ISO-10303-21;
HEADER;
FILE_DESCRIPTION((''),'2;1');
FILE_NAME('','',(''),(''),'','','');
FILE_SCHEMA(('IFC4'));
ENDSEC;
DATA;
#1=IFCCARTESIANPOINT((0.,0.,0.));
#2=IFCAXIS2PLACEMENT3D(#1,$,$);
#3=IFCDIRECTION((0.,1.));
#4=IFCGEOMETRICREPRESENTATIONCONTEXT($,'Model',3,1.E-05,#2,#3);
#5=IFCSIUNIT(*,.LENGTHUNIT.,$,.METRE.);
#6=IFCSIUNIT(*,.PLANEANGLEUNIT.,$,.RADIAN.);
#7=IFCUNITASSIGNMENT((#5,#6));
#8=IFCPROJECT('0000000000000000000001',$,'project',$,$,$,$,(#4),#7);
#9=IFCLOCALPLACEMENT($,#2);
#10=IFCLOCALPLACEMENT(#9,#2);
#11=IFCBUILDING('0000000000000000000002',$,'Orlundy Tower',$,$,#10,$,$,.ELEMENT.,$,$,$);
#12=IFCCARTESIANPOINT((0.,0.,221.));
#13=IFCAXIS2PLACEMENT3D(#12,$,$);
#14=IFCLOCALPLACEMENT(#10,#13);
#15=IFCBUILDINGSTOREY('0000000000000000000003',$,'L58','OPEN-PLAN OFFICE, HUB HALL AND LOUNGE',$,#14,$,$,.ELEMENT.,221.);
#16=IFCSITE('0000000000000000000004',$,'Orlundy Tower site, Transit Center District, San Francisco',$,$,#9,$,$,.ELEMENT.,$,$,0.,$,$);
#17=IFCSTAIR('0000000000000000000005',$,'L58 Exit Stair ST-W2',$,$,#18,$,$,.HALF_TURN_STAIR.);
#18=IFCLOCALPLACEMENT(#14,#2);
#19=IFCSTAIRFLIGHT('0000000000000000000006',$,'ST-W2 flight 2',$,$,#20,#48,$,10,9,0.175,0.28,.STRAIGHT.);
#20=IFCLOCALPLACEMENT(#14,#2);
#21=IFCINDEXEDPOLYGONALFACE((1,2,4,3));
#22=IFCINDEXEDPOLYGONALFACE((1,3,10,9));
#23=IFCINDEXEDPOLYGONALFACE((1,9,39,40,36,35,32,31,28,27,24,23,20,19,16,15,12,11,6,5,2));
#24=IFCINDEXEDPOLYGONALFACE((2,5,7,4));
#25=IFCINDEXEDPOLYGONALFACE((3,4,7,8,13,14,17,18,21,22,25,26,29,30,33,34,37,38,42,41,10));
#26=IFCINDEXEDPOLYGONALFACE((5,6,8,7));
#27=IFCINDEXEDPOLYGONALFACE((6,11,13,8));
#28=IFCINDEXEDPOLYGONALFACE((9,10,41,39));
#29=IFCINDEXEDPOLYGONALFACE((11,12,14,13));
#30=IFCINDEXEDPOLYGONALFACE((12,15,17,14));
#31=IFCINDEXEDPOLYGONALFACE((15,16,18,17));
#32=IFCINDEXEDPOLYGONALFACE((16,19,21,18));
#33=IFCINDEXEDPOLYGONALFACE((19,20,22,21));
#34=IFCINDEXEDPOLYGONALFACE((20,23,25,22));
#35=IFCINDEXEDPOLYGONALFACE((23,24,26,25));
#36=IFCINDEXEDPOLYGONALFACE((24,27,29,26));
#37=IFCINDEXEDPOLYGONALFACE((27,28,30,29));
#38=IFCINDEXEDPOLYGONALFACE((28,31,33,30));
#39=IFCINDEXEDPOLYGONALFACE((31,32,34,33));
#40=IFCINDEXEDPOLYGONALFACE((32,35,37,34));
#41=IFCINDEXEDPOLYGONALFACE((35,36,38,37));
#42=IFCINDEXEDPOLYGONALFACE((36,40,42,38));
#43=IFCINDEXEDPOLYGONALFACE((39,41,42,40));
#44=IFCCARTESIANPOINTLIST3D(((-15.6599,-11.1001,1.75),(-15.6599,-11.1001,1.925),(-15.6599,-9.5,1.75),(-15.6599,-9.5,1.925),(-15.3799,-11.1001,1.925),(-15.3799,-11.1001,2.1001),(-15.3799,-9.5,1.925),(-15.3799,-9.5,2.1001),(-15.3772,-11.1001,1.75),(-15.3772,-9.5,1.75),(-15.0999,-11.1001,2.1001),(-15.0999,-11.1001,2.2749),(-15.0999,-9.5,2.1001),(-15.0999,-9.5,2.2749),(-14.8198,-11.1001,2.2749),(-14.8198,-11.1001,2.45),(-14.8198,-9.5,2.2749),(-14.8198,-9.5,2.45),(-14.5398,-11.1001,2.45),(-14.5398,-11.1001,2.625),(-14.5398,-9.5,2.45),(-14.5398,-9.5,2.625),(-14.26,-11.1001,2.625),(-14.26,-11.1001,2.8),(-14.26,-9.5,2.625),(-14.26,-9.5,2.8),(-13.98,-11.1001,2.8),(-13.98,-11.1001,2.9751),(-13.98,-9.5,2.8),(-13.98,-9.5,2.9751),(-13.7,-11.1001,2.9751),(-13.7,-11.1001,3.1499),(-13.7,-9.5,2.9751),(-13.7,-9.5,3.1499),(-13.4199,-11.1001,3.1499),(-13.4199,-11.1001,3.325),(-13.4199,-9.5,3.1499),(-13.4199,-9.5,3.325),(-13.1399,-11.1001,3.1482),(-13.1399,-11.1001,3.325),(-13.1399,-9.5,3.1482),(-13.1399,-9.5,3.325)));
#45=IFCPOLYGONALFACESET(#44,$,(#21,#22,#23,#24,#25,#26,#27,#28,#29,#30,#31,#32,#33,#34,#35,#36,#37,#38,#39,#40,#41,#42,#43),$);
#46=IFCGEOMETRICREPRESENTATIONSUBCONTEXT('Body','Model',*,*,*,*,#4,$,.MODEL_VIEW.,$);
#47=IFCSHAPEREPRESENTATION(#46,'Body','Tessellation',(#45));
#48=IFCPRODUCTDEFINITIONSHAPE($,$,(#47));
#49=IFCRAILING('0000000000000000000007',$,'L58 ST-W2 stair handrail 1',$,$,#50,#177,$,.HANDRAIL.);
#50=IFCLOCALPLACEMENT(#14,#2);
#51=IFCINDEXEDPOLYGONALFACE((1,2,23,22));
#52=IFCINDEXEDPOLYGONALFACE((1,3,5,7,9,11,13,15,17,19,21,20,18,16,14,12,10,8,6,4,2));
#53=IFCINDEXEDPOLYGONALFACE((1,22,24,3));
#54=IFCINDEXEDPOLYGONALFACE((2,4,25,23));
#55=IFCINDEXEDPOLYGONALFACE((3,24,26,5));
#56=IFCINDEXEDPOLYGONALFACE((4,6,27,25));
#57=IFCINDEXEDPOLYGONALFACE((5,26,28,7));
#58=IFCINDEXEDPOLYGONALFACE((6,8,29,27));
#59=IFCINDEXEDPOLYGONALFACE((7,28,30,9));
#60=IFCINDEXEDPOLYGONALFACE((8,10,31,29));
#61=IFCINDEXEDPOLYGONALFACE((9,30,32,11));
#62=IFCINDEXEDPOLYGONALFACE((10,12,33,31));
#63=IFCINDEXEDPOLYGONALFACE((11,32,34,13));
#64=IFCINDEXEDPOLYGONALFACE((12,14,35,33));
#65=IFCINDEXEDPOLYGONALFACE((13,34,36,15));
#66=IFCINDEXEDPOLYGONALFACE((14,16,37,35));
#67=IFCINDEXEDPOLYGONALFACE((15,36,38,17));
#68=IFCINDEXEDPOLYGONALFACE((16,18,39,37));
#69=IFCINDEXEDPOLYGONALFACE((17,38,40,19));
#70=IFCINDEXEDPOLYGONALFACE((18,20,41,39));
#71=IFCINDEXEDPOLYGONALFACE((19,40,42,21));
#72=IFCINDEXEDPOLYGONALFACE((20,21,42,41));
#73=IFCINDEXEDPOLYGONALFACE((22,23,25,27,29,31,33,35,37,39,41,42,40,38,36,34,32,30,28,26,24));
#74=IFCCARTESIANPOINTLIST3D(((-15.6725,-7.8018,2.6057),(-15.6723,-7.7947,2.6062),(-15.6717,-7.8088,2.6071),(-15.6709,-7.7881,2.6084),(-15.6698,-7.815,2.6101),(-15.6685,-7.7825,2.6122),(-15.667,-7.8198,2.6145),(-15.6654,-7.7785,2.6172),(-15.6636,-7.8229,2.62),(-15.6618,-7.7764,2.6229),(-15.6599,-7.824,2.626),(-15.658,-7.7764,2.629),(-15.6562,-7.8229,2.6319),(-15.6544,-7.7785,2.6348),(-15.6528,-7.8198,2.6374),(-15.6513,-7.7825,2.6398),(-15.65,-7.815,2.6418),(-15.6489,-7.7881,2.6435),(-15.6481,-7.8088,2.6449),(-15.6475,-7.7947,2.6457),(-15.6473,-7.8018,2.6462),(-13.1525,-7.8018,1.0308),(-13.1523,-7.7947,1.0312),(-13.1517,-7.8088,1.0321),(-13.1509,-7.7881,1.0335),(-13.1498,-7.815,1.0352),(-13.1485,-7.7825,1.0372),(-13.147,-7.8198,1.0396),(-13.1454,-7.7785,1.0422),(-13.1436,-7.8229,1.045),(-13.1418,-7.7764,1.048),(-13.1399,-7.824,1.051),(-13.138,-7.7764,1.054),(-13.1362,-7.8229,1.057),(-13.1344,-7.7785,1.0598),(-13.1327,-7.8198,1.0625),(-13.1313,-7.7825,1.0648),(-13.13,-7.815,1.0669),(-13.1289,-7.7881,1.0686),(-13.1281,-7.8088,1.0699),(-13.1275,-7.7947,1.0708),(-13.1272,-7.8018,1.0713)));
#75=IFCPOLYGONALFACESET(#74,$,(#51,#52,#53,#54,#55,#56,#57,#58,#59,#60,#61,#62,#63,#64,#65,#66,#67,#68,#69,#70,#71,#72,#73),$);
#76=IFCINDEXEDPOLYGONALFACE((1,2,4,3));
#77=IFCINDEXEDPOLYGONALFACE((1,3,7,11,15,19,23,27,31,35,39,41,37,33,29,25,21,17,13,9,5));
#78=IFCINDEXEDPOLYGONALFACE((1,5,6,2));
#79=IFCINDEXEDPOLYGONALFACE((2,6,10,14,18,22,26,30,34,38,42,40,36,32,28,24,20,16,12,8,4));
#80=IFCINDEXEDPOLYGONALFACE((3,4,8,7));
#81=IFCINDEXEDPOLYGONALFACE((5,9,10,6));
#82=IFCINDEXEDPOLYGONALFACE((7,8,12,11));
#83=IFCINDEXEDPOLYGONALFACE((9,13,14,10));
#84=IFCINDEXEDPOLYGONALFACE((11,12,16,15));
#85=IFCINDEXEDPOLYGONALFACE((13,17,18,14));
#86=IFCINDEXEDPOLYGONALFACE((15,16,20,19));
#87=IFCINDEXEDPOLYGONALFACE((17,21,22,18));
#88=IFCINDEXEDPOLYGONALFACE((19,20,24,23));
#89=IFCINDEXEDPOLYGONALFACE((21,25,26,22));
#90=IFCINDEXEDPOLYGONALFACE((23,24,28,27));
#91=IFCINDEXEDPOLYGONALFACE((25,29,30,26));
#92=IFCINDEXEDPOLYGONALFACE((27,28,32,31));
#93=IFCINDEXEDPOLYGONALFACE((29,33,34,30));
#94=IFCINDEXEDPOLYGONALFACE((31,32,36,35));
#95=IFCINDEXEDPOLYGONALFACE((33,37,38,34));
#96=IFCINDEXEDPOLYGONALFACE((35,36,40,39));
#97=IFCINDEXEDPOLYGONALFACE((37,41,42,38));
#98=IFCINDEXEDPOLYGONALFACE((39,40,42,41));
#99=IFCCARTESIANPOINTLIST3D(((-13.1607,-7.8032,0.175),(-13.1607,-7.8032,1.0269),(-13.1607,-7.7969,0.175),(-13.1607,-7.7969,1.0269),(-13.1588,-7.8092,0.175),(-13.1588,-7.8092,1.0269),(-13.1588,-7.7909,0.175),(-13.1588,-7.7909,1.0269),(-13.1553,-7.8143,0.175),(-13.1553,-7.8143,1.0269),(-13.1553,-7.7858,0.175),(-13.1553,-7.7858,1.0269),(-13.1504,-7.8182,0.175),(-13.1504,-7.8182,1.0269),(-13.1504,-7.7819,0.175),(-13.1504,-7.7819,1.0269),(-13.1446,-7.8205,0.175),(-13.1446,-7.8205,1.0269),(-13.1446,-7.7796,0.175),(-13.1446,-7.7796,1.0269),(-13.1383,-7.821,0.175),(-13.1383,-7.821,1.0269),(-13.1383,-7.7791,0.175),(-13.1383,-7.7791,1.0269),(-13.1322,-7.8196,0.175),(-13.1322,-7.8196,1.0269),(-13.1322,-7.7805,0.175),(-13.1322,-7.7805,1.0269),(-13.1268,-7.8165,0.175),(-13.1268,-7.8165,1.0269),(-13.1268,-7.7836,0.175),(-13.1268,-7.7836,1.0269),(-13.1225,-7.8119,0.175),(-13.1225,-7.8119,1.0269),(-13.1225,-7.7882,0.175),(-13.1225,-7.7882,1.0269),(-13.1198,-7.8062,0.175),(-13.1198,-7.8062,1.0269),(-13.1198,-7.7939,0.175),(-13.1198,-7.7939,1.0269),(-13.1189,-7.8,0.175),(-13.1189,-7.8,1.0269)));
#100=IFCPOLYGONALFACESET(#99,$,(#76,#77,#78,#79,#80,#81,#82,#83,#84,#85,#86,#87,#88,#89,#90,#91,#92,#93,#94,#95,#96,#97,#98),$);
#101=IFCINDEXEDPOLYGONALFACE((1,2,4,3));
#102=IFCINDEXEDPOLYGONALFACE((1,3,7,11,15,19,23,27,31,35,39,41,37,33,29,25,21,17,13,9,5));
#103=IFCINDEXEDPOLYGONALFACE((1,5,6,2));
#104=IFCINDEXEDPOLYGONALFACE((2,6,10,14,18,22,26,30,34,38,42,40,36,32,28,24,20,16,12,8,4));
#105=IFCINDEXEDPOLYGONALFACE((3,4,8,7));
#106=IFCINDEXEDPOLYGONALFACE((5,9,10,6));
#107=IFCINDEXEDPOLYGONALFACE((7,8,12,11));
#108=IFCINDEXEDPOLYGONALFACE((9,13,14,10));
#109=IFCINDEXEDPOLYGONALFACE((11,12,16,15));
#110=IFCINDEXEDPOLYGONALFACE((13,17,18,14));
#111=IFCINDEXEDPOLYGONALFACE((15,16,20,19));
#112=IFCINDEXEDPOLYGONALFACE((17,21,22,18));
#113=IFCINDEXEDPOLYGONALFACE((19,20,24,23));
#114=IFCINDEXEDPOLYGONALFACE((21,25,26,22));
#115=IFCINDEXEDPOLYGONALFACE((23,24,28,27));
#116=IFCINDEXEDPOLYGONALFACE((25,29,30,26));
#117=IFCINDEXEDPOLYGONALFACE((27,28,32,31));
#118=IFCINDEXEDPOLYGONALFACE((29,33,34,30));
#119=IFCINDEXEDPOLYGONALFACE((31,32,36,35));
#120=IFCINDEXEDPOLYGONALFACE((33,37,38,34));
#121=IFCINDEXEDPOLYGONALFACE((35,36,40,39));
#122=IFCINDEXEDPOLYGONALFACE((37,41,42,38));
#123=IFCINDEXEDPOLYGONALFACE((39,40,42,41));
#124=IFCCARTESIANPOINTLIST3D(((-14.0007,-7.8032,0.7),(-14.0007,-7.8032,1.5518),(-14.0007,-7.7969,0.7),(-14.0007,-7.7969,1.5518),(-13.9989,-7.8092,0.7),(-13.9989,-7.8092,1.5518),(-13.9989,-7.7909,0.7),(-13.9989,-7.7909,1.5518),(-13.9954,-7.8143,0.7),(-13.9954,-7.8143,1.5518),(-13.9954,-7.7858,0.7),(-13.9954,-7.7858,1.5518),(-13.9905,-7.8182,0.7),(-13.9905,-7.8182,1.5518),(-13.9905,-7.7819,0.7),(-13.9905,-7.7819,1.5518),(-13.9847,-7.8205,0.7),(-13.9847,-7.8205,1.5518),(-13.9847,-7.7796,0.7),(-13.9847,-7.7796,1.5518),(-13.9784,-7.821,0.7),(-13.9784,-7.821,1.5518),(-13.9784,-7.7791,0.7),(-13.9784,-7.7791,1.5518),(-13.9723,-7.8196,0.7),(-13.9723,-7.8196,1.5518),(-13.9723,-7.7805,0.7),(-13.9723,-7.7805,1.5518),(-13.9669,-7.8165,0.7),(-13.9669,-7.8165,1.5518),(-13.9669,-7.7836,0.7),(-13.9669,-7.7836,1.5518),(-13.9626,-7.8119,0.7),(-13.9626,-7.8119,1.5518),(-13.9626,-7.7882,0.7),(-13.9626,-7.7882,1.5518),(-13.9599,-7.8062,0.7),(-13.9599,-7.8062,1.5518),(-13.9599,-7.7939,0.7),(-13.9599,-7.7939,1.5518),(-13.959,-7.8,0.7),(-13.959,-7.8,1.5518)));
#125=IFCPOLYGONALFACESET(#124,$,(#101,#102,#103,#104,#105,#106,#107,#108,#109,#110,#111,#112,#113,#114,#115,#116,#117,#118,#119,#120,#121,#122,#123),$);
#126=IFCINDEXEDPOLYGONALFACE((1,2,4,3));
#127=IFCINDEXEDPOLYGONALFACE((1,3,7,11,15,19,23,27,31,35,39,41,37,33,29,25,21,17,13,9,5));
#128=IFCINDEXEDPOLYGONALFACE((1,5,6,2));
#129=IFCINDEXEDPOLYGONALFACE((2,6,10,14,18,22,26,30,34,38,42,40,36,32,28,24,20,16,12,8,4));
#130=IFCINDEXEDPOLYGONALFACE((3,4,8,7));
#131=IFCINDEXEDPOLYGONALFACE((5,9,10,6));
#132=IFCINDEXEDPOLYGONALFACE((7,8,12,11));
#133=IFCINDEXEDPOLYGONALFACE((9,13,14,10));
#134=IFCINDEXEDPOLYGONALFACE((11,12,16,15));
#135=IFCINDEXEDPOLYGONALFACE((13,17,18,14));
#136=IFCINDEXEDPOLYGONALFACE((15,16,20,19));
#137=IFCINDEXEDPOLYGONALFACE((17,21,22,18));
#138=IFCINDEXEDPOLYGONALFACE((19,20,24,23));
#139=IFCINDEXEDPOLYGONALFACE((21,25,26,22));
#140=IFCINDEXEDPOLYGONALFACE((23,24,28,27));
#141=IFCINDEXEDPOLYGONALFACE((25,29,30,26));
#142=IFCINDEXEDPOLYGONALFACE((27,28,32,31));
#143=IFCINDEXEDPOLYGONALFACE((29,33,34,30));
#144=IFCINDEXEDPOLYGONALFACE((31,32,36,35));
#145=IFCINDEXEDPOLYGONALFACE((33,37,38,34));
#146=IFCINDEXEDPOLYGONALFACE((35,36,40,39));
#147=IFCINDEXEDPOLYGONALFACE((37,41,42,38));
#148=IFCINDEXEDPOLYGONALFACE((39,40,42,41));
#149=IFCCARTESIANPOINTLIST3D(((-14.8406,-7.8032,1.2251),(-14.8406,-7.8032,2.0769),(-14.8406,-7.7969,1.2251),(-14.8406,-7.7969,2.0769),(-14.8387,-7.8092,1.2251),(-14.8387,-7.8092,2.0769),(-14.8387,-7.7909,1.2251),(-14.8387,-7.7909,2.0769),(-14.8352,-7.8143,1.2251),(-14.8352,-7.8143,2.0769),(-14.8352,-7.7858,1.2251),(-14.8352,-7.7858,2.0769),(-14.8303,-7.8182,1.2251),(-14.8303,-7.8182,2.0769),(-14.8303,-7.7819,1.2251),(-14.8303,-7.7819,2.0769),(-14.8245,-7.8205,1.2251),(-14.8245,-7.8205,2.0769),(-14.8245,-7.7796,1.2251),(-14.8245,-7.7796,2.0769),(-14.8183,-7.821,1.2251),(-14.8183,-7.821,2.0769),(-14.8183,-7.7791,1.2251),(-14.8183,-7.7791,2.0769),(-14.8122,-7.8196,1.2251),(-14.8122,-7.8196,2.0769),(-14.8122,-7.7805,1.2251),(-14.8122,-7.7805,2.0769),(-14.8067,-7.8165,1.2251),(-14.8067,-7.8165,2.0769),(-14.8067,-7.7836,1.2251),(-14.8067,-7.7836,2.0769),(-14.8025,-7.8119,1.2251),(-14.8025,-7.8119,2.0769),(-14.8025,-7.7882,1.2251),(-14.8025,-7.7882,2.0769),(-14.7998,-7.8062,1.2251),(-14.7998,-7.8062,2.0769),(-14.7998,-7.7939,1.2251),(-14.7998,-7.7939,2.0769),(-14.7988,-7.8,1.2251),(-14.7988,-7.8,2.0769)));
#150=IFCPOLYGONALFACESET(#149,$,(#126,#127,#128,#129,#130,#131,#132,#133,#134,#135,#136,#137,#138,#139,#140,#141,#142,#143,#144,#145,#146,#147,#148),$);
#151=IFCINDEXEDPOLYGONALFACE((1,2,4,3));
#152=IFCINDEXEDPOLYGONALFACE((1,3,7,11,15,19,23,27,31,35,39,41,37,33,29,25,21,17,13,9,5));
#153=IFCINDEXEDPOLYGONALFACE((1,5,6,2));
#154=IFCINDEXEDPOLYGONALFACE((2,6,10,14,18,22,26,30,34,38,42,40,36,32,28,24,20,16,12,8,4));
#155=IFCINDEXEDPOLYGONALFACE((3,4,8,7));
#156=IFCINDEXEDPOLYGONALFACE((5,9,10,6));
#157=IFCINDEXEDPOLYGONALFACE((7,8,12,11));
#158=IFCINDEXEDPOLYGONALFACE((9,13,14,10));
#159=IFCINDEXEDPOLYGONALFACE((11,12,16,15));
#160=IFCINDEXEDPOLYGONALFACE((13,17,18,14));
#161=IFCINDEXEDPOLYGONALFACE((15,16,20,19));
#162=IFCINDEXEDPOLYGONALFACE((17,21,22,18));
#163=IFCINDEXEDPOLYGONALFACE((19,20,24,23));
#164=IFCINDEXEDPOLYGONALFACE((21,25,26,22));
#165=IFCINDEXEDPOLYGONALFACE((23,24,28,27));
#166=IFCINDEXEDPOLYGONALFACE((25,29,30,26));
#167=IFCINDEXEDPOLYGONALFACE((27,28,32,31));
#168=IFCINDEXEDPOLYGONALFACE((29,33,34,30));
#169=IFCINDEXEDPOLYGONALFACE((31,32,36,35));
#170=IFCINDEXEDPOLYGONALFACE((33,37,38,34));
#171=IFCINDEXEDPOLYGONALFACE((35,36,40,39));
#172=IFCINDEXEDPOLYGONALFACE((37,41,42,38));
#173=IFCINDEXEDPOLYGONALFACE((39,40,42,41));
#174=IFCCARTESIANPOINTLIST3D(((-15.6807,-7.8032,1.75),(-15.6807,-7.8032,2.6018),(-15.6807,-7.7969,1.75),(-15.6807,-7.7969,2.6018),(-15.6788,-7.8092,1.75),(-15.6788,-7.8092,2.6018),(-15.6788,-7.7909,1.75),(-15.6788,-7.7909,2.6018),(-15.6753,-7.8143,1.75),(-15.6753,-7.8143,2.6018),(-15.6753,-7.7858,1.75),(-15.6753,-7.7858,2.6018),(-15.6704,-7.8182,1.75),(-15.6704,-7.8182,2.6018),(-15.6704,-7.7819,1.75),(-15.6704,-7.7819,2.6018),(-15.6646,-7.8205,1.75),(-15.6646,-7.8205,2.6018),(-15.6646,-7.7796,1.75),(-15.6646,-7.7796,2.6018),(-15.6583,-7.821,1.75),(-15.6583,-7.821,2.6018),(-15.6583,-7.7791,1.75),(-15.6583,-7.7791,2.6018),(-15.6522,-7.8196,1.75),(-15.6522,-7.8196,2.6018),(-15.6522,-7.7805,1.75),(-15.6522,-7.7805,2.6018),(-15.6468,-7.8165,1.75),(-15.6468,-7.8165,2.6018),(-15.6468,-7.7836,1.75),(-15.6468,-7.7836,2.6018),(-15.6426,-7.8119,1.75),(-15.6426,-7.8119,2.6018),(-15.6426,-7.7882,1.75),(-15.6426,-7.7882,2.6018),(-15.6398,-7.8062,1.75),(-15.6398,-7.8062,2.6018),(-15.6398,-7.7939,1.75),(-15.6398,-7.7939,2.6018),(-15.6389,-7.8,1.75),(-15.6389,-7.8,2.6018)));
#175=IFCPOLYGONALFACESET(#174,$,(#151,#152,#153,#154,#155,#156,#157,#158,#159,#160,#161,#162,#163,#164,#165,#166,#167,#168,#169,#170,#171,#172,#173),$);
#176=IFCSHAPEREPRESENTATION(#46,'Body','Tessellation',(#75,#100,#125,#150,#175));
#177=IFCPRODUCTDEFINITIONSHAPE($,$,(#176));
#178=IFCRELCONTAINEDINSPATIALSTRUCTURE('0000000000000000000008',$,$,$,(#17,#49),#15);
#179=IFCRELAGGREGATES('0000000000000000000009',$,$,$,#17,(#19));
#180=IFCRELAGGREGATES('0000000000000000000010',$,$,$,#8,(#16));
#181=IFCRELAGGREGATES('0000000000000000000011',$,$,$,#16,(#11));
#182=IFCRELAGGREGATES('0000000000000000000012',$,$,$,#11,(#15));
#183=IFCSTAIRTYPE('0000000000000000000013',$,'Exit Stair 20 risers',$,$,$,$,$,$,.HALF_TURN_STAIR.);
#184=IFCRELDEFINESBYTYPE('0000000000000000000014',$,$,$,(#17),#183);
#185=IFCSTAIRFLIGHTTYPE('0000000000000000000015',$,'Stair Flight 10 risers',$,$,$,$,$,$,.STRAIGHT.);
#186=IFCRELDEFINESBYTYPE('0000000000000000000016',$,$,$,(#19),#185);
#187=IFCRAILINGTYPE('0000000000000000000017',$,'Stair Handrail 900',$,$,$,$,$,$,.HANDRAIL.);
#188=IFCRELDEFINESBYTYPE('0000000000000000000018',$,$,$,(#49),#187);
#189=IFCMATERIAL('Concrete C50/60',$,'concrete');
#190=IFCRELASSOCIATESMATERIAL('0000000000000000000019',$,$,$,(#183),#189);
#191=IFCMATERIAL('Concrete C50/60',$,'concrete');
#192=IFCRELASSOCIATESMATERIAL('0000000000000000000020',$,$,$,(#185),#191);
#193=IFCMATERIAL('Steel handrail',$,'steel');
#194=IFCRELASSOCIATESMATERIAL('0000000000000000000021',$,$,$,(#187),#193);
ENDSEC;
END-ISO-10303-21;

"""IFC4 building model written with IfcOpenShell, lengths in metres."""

from ifc_helpers import new_model, si_unit, direction, frame, origin, origin_2d, place, context, subcontext, project, spatial, polyline, circle, outline, extrude, material, type_object, element, aggregate, save


model = new_model("IFC4")

# Units and contexts
model_context = context("Model", 3, precision=1e-05, world=origin(), true_north=direction((0.0, 1.0)))
body_context = subcontext(model_context, "Body", "Model", "MODEL_VIEW")
ifc_project = project(units=[si_unit("LENGTHUNIT", "METRE"), si_unit("PLANEANGLEUNIT", "RADIAN")], contexts=[model_context])

# Site, building, storey
site_placement = place(None, origin())
site = spatial("IfcSite", under=ifc_project, at=site_placement, Name="Orlundy Tower site, Transit Center District, San Francisco", CompositionType="ELEMENT", RefElevation=0.0)
building_placement = place(site_placement, origin())
building = spatial("IfcBuilding", under=site, at=building_placement, Name="Orlundy Tower", CompositionType="ELEMENT")
storey_placement = place(building_placement, frame((0.0, 0.0, 221.0)))
storey = spatial("IfcBuildingStorey", under=building, at=storey_placement, Name="L58", Description="OPEN-PLAN OFFICE, HUB HALL AND LOUNGE", CompositionType="ELEMENT", Elevation=221.0)

# Stair, stair flight
ifc_material_1 = material(Name="Concrete C50/60", Category="concrete")
stair_type = type_object("IfcStairType", Name="Exit Stair 20 risers", PredefinedType="HALF_TURN_STAIR", material=ifc_material_1)
stair_placement = place(storey_placement, origin())
stair = element("IfcStair", 1, at=stair_placement, inside=storey, type_object=stair_type, Name="L58 Exit Stair ST-W2", PredefinedType="HALF_TURN_STAIR")
ifc_material_2 = material(Name="Concrete C50/60", Category="concrete")
stair_flight_type = type_object("IfcStairFlightType", Name="Stair Flight 10 risers", PredefinedType="STRAIGHT", material=ifc_material_2)
stair_flight_1_placement = place(storey_placement, frame((-15.6599, -10.3, 1.75), z_axis=(0.0, 0.0, 1.0), x_axis=(1.0, 0.0, 0.0)))
stair_flight_1 = element("IfcStairFlight", 2, at=stair_flight_1_placement, type_object=stair_flight_type, Name="ST-W2 flight 2", NumberOfRisers=10, NumberOfTreads=9, PredefinedType="STRAIGHT", RiserHeight=0.175, TreadLength=0.28, context=body_context, shape_type="SweptSolid", body=[
    extrude(outline(polyline([(0.0, 0.0), (0.0, 0.175), (0.28, 0.175), (0.28, 0.3501), (0.5601, 0.3501), (0.5601, 0.5249), (0.8401, 0.5249), (0.8401, 0.7), (1.1201, 0.7), (1.1201, 0.875), (1.3999, 0.875), (1.3999, 1.05), (1.6799, 1.05), (1.6799, 1.2251), (1.96, 1.2251), (1.96, 1.3999), (2.24, 1.3999), (2.24, 1.575), (2.52, 1.575), (2.52, 1.75), (2.52, 1.3982), (0.2827, 0.0), (0.0, 0.0)])), frame((0.0, 0.8, 0.0), z_axis=(0.0, -1.0, 0.0), x_axis=(1.0, 0.0, 0.0)), (0.0, 0.0, 1.0), 1.6001),
])
aggregate(stair, [stair_flight_1])

# Railing
ifc_material_3 = material(Name="Steel handrail", Category="steel")
railing_type_1 = type_object("IfcRailingType", Name="Stair Handrail 900", PredefinedType="HANDRAIL", material=ifc_material_3)
railing_1_placement = place(storey_placement, frame((-13.1399, -7.8, 0.175)))
element("IfcRailing", 3, at=railing_1_placement, inside=storey, type_object=railing_type_1, Name="L58 ST-W2 stair handrail 1", PredefinedType="HANDRAIL", context=body_context, shape_type="SweptSolid", body=[
    extrude(circle(Radius=0.0239, at=origin_2d()), frame((0.0, 0.0, 0.876), z_axis=(-0.848008, 0.0, 0.529984), x_axis=(0.0, -1.0, 0.0)), (0.0, 0.0, 1.0), 2.9717),
    extrude(circle(Radius=0.021, at=origin_2d()), origin(), (0.0, 0.0, 1.0), 0.8518),
    extrude(circle(Radius=0.021, at=origin_2d()), frame((-0.8401, 0.0, 0.5249)), (0.0, 0.0, 1.0), 0.8518),
    extrude(circle(Radius=0.021, at=origin_2d()), frame((-1.6799, 0.0, 1.05)), (0.0, 0.0, 1.0), 0.8518),
    extrude(circle(Radius=0.021, at=origin_2d()), frame((-2.52, 0.0, 1.575)), (0.0, 0.0, 1.0), 0.8518),
])

save(model, "model.ifc")
